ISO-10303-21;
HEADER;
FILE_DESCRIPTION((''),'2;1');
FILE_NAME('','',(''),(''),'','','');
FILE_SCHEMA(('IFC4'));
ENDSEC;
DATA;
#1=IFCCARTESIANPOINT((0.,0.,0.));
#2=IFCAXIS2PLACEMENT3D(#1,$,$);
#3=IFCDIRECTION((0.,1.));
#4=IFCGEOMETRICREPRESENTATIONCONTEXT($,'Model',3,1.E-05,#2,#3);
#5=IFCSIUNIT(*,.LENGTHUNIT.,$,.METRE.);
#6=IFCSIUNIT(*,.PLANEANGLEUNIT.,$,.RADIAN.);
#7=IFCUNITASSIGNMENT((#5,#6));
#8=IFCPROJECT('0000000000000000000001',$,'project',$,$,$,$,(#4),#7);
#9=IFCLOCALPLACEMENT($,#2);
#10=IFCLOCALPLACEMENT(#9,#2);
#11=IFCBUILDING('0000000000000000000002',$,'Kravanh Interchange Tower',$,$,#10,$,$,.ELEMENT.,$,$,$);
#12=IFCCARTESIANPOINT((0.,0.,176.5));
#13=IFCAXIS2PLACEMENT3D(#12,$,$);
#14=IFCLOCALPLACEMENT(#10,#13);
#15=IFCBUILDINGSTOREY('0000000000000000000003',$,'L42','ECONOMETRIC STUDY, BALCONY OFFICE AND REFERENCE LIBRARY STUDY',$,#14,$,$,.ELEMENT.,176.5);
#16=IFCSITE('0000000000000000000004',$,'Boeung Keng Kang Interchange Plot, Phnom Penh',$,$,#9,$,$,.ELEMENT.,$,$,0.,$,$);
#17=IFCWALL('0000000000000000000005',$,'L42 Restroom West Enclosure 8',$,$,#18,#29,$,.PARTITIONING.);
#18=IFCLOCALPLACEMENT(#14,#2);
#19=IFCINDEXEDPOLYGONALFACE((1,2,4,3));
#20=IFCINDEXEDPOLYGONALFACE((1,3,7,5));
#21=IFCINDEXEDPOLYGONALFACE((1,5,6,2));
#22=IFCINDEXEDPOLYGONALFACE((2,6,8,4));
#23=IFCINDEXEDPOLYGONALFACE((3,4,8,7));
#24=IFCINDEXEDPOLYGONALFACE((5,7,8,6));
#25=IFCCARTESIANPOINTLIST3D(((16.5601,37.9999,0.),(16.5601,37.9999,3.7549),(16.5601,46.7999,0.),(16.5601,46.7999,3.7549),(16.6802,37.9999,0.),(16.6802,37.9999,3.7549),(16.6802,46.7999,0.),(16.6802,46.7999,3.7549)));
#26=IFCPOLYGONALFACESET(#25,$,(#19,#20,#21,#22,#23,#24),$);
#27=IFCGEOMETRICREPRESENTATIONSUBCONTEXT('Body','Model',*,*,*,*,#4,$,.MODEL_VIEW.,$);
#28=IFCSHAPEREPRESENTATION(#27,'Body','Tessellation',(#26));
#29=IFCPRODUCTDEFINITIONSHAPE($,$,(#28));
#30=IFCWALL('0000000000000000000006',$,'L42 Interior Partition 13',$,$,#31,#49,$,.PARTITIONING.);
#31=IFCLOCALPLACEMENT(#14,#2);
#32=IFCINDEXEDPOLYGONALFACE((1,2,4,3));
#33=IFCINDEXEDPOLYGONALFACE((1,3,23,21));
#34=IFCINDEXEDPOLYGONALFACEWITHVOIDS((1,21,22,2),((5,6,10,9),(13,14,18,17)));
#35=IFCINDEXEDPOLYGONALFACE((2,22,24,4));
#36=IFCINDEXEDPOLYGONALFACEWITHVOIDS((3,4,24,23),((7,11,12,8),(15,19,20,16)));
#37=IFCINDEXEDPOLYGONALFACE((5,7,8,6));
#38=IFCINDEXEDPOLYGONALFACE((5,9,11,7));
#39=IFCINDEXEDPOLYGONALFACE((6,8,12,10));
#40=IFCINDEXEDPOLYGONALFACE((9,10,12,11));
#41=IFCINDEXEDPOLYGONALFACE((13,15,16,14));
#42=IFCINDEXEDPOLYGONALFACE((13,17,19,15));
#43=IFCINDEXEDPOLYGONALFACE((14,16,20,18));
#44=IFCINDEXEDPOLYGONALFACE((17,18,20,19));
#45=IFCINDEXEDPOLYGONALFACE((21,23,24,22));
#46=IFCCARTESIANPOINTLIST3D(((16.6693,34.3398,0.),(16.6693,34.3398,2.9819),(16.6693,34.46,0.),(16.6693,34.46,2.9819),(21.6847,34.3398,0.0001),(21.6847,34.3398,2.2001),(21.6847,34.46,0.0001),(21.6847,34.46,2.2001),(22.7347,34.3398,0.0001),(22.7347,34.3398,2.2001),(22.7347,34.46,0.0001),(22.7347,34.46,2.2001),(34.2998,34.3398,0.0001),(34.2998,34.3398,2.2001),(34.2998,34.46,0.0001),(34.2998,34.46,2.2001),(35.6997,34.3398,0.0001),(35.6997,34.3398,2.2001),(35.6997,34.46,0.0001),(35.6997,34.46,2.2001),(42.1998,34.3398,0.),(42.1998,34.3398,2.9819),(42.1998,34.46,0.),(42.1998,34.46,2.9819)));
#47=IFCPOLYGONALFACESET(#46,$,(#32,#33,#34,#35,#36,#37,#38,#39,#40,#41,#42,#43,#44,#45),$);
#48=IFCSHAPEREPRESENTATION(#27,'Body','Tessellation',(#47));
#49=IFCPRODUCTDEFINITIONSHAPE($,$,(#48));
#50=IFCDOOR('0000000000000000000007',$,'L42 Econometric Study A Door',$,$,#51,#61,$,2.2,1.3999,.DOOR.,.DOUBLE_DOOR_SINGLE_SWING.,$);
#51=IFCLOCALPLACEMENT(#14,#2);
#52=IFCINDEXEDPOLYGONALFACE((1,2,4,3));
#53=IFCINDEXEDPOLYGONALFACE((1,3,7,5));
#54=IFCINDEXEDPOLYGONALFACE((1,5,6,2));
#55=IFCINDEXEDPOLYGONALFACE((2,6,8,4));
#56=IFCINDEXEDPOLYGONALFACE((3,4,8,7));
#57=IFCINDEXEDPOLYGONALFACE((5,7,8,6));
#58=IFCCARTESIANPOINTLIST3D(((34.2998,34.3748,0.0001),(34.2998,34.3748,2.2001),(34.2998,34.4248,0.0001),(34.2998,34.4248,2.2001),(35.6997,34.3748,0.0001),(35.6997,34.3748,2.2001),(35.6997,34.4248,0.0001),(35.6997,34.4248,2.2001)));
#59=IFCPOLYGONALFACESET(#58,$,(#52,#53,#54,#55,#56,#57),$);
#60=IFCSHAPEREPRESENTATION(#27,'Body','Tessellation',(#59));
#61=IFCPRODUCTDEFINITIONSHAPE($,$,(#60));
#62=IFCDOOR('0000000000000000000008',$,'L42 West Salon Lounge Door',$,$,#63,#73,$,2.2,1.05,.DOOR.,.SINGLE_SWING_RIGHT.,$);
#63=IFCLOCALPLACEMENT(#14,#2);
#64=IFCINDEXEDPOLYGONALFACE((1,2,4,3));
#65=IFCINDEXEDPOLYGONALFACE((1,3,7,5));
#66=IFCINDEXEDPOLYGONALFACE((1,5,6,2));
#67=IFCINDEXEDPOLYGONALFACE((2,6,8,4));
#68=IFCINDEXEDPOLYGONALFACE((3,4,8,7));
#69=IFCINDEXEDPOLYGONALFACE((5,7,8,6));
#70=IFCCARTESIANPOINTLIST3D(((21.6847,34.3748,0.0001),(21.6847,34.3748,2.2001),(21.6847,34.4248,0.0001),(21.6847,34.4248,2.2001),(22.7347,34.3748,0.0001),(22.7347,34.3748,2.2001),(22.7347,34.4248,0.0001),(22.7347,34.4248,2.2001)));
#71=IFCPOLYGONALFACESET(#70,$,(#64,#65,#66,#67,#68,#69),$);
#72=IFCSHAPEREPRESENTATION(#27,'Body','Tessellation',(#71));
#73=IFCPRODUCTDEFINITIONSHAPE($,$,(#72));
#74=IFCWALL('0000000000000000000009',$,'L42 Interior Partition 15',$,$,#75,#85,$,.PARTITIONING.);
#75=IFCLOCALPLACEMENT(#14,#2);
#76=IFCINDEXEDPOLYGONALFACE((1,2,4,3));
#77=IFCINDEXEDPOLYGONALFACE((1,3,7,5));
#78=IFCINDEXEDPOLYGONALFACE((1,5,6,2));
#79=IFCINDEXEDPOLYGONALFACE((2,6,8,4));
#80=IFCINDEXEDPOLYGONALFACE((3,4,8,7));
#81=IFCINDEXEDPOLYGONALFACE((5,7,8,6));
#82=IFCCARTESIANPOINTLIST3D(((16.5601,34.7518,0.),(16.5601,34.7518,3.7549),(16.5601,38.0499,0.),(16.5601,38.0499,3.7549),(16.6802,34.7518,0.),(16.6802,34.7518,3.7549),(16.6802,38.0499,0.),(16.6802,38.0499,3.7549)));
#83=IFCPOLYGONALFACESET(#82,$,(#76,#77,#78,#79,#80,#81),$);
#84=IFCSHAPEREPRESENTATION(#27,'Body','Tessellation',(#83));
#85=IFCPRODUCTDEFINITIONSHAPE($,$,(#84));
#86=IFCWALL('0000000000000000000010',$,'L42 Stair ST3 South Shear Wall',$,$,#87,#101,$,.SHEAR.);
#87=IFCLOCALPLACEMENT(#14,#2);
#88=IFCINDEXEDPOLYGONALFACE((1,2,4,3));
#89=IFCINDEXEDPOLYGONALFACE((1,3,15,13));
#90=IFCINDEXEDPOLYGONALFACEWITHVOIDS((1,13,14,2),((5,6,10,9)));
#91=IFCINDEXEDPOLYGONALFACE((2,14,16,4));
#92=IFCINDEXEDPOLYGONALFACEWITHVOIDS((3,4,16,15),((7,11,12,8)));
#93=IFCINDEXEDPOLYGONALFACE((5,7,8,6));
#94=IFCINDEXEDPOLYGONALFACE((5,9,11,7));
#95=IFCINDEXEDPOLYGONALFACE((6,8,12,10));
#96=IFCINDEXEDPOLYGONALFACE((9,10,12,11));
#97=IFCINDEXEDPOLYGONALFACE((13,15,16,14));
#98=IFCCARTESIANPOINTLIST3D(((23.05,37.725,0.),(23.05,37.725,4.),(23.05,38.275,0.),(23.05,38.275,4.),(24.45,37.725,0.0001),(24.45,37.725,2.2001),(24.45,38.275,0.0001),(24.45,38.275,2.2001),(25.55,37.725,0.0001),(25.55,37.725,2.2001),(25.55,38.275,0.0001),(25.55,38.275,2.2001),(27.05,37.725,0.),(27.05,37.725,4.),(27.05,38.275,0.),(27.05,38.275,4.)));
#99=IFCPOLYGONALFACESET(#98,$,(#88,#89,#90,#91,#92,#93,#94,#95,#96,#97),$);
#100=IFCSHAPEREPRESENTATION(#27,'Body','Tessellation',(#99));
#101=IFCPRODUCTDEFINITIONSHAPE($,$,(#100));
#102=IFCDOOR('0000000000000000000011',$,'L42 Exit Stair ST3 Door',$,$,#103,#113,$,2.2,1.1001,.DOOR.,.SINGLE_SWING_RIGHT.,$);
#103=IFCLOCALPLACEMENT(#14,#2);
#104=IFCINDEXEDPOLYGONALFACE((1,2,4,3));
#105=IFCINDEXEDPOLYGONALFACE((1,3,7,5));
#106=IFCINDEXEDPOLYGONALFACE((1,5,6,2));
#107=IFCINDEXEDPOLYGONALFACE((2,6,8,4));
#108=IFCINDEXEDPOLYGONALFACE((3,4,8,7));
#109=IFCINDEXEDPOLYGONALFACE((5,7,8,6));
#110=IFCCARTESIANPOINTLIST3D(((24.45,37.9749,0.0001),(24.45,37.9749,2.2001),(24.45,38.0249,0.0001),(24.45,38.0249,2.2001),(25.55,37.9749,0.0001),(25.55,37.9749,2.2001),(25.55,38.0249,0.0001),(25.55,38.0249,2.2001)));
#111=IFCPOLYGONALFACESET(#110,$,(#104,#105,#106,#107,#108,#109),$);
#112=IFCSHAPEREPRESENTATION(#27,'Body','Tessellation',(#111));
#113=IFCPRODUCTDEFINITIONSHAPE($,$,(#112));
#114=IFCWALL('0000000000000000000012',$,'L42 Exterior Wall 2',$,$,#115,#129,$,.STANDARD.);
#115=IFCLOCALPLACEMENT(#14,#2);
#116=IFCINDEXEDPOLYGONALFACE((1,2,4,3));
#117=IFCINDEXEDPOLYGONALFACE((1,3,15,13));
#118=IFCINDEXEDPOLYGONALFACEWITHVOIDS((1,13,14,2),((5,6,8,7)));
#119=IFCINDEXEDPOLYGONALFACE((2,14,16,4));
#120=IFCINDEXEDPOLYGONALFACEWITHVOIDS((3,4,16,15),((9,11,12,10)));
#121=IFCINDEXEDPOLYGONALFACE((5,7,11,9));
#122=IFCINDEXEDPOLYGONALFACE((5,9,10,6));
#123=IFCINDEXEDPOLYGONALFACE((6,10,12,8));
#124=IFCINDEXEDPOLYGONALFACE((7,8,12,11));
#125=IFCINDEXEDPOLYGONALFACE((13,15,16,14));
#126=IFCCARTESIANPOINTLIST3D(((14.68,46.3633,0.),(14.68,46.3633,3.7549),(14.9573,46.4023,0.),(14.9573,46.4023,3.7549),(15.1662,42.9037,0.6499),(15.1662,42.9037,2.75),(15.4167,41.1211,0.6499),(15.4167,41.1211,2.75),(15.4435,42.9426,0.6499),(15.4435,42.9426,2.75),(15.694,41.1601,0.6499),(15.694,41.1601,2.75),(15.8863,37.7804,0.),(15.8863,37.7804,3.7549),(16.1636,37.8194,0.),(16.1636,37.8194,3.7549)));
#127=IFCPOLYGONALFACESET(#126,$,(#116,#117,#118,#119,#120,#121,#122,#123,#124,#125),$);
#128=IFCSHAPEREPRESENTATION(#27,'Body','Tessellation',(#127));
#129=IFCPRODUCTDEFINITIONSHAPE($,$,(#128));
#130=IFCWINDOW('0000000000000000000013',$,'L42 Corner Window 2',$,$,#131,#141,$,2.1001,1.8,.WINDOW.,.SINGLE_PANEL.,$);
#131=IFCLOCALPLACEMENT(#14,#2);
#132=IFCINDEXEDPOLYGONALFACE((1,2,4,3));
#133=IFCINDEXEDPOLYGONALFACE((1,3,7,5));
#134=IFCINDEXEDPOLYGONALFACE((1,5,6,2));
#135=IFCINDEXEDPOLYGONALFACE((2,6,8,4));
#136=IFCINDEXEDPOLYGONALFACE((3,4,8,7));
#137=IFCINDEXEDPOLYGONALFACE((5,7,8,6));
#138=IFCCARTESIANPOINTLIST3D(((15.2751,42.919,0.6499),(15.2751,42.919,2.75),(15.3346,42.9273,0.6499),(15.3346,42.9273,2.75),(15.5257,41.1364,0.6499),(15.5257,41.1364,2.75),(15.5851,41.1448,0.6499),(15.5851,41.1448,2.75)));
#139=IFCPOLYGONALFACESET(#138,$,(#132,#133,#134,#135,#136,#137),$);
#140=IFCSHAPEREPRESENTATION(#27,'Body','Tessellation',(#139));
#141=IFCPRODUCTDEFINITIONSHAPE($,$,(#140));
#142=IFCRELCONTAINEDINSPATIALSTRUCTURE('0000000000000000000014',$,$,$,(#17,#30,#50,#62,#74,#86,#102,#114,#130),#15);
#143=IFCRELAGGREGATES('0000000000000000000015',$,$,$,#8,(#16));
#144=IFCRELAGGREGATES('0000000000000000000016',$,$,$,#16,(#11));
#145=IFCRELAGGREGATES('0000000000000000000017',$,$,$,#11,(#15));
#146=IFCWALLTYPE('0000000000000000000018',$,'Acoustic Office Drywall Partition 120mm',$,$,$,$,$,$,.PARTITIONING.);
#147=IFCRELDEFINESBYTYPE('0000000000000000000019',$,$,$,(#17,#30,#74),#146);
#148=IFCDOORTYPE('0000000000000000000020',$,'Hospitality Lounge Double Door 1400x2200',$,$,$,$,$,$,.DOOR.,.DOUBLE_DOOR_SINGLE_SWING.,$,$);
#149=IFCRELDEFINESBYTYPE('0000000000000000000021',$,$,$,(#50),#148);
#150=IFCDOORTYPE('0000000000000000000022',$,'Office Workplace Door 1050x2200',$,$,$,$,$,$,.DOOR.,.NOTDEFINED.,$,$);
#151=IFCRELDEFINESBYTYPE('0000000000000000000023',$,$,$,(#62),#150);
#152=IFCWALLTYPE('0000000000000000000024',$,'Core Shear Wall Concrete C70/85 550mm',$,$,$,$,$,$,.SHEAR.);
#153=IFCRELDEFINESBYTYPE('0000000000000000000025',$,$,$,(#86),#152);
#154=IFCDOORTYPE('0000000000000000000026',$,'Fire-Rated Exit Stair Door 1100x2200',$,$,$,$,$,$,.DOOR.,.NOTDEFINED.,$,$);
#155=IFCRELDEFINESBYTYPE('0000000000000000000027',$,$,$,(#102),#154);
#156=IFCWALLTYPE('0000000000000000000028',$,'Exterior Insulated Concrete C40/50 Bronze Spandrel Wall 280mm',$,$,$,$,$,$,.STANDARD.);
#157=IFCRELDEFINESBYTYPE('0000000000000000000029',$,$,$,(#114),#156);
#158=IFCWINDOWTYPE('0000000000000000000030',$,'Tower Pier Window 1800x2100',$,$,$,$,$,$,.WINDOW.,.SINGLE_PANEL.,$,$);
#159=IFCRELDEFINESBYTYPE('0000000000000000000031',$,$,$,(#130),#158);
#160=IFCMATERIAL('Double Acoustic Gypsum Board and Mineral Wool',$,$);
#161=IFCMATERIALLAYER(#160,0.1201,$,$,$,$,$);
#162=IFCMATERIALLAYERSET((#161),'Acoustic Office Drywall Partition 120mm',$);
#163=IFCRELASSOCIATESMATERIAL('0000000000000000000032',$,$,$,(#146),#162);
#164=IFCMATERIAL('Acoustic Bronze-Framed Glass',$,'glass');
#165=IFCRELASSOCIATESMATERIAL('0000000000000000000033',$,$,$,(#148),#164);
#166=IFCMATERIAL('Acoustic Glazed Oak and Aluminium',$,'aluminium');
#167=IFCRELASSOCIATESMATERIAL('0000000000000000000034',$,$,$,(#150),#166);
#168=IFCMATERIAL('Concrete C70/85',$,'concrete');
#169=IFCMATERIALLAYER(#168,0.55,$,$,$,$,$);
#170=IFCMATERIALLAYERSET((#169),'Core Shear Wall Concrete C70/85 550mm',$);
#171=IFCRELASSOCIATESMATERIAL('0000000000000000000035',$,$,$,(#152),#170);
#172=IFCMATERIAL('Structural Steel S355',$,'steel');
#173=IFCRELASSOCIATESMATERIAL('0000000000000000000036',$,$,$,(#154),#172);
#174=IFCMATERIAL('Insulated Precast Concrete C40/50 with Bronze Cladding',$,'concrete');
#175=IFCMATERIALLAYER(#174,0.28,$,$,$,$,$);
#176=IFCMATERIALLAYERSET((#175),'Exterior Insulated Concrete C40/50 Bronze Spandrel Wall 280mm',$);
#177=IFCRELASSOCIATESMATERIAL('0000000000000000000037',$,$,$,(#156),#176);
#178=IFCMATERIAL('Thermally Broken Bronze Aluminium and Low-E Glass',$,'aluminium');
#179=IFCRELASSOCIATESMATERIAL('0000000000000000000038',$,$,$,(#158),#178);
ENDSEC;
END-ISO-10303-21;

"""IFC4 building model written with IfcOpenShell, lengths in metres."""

from ifc_helpers import new_model, si_unit, direction, frame, frame_2d, origin, place, context, subcontext, project, spatial, rectangle, extrude, material, layer, layer_set, type_object, element, fill, save


model = new_model("IFC4")

# Units and contexts
model_context = context("Model", 3, precision=1e-05, world=origin(), true_north=direction((0.0, 1.0)))
body_context = subcontext(model_context, "Body", "Model", "MODEL_VIEW")
ifc_project = project(units=[si_unit("LENGTHUNIT", "METRE"), si_unit("PLANEANGLEUNIT", "RADIAN")], contexts=[model_context])

# Site, building, storey
site_placement = place(None, origin())
site = spatial("IfcSite", under=ifc_project, at=site_placement, Name="Boeung Keng Kang Interchange Plot, Phnom Penh", CompositionType="ELEMENT", RefElevation=0.0)
building_placement = place(site_placement, origin())
building = spatial("IfcBuilding", under=site, at=building_placement, Name="Kravanh Interchange Tower", CompositionType="ELEMENT")
storey_placement = place(building_placement, frame((0.0, 0.0, 176.5)))
storey = spatial("IfcBuildingStorey", under=building, at=storey_placement, Name="L42", Description="ECONOMETRIC STUDY, BALCONY OFFICE AND REFERENCE LIBRARY STUDY", CompositionType="ELEMENT", Elevation=176.5)

# Shared definitions
ifc_material_1 = material(Name="Double Acoustic Gypsum Board and Mineral Wool")
ifc_layer_1 = layer(ifc_material_1, 0.1201)
ifc_layer_set_1 = layer_set([ifc_layer_1], Name="Acoustic Office Drywall Partition 120mm")
wall_type_1 = type_object("IfcWallType", Name="Acoustic Office Drywall Partition 120mm", PredefinedType="PARTITIONING", material=ifc_layer_set_1)

# Wall
wall_1_placement = place(storey_placement, frame((16.6201, 38.0, 0.0), z_axis=(0.0, 0.0, 1.0), x_axis=(0.0, 1.0, 0.0)))
element("IfcWall", 1, at=wall_1_placement, inside=storey, type_object=wall_type_1, Name="L42 Restroom West Enclosure 8", PredefinedType="PARTITIONING", context=body_context, shape_type="SweptSolid", body=[
    extrude(rectangle(XDim=8.8, YDim=0.1201, at=frame_2d((4.3999, 0.0))), origin(), (0.0, 0.0, 1.0), 3.7549),
])

# Wall, openings, doors
wall_2_placement = place(storey_placement, frame((16.6694, 34.3999, 0.0), z_axis=(0.0, 0.0, 1.0), x_axis=(1.0, 0.0, 0.0)))
wall_2 = element("IfcWall", 2, at=wall_2_placement, inside=storey, type_object=wall_type_1, Name="L42 Interior Partition 13", PredefinedType="PARTITIONING", context=body_context, shape_type="SweptSolid", body=[
    extrude(rectangle(XDim=25.5305, YDim=0.1201, at=frame_2d((12.7651, 0.0))), origin(), (0.0, 0.0, 1.0), 2.9819),
])
opening_1_placement = place(wall_2_placement, frame((5.0154, 0.0, 0.0)))
opening_1 = element("IfcOpeningElement", 3, at=opening_1_placement, cuts=wall_2, PredefinedType="OPENING", context=body_context, shape_type="SweptSolid", body=[
    extrude(rectangle(XDim=1.05, YDim=2.2, at=frame_2d((0.5249, 1.1001))), frame((0.0, 0.0701, 0.0), z_axis=(0.0, -1.0, 0.0), x_axis=(1.0, 0.0, 0.0)), (0.0, 0.0, 1.0), 0.1401),
])
opening_2_placement = place(wall_2_placement, frame((17.6304, 0.0, 0.0)))
opening_2 = element("IfcOpeningElement", 4, at=opening_2_placement, cuts=wall_2, PredefinedType="OPENING", context=body_context, shape_type="SweptSolid", body=[
    extrude(rectangle(XDim=1.3999, YDim=2.2, at=frame_2d((0.7, 1.1001))), frame((0.0, 0.0701, 0.0), z_axis=(0.0, -1.0, 0.0), x_axis=(1.0, 0.0, 0.0)), (0.0, 0.0, 1.0), 0.1401),
])
ifc_material_2 = material(Name="Acoustic Bronze-Framed Glass", Category="glass")
door_type_1 = type_object("IfcDoorType", Name="Hospitality Lounge Double Door 1400x2200", OperationType="DOUBLE_DOOR_SINGLE_SWING", PredefinedType="DOOR", material=ifc_material_2)
door_1_placement = place(opening_2_placement, origin())
door_1 = element("IfcDoor", 5, at=door_1_placement, inside=storey, type_object=door_type_1, Name="L42 Econometric Study A Door", OperationType="DOUBLE_DOOR_SINGLE_SWING", OverallHeight=2.2, OverallWidth=1.3999, PredefinedType="DOOR", context=body_context, shape_type="SweptSolid", body=[
    extrude(rectangle(XDim=1.3999, YDim=2.2, at=frame_2d((0.7, 1.1001))), frame((0.0, 0.0249, 0.0), z_axis=(0.0, -1.0, 0.0), x_axis=(1.0, 0.0, 0.0)), (0.0, 0.0, 1.0), 0.05),
])
fill(opening_2, door_1)
ifc_material_3 = material(Name="Acoustic Glazed Oak and Aluminium", Category="aluminium")
door_type_2 = type_object("IfcDoorType", Name="Office Workplace Door 1050x2200", OperationType="NOTDEFINED", PredefinedType="DOOR", material=ifc_material_3)
door_2_placement = place(opening_1_placement, origin())
door_2 = element("IfcDoor", 6, at=door_2_placement, inside=storey, type_object=door_type_2, Name="L42 West Salon Lounge Door", OperationType="SINGLE_SWING_RIGHT", OverallHeight=2.2, OverallWidth=1.05, PredefinedType="DOOR", context=body_context, shape_type="SweptSolid", body=[
    extrude(rectangle(XDim=1.05, YDim=2.2, at=frame_2d((0.5249, 1.1001))), frame((0.0, 0.0249, 0.0), z_axis=(0.0, -1.0, 0.0), x_axis=(1.0, 0.0, 0.0)), (0.0, 0.0, 1.0), 0.05),
])
fill(opening_1, door_2)

# Wall
wall_3_placement = place(storey_placement, frame((16.6201, 34.752, 0.0), z_axis=(0.0, 0.0, 1.0), x_axis=(0.0, 1.0, 0.0)))
element("IfcWall", 7, at=wall_3_placement, inside=storey, type_object=wall_type_1, Name="L42 Interior Partition 15", PredefinedType="PARTITIONING", context=body_context, shape_type="SweptSolid", body=[
    extrude(rectangle(XDim=3.2981, YDim=0.1201, at=frame_2d((1.6489, 0.0))), origin(), (0.0, 0.0, 1.0), 3.7549),
])

# Wall, opening, door
ifc_material_4 = material(Name="Concrete C70/85", Category="concrete")
ifc_layer_2 = layer(ifc_material_4, 0.55)
ifc_layer_set_2 = layer_set([ifc_layer_2], Name="Core Shear Wall Concrete C70/85 550mm")
wall_type_2 = type_object("IfcWallType", Name="Core Shear Wall Concrete C70/85 550mm", PredefinedType="SHEAR", material=ifc_layer_set_2)
wall_4_placement = place(storey_placement, frame((23.05, 38.0, 0.0), z_axis=(0.0, 0.0, 1.0), x_axis=(1.0, 0.0, 0.0)))
wall_4 = element("IfcWall", 8, at=wall_4_placement, inside=storey, type_object=wall_type_2, Name="L42 Stair ST3 South Shear Wall", PredefinedType="SHEAR", context=body_context, shape_type="SweptSolid", body=[
    extrude(rectangle(XDim=4.0, YDim=0.55, at=frame_2d((2.0, 0.0))), origin(), (0.0, 0.0, 1.0), 4.0),
])
opening_3_placement = place(wall_4_placement, frame((1.3999, 0.0, 0.0)))
opening_3 = element("IfcOpeningElement", 9, at=opening_3_placement, cuts=wall_4, PredefinedType="OPENING", context=body_context, shape_type="SweptSolid", body=[
    extrude(rectangle(XDim=1.1001, YDim=2.2, at=frame_2d((0.55, 1.1001))), frame((0.0, 0.2852, 0.0), z_axis=(0.0, -1.0, 0.0), x_axis=(1.0, 0.0, 0.0)), (0.0, 0.0, 1.0), 0.5701),
])
ifc_material_5 = material(Name="Structural Steel S355", Category="steel")
door_type_3 = type_object("IfcDoorType", Name="Fire-Rated Exit Stair Door 1100x2200", OperationType="NOTDEFINED", PredefinedType="DOOR", material=ifc_material_5)
door_3_placement = place(opening_3_placement, origin())
door_3 = element("IfcDoor", 10, at=door_3_placement, inside=storey, type_object=door_type_3, Name="L42 Exit Stair ST3 Door", OperationType="SINGLE_SWING_RIGHT", OverallHeight=2.2, OverallWidth=1.1001, PredefinedType="DOOR", context=body_context, shape_type="SweptSolid", body=[
    extrude(rectangle(XDim=1.1001, YDim=2.2, at=frame_2d((0.55, 1.1001))), frame((0.0, 0.0249, 0.0), z_axis=(0.0, -1.0, 0.0), x_axis=(1.0, 0.0, 0.0)), (0.0, 0.0, 1.0), 0.05),
])
fill(opening_3, door_3)

# Wall, opening, window
ifc_material_6 = material(Name="Insulated Precast Concrete C40/50 with Bronze Cladding", Category="concrete")
ifc_layer_3 = layer(ifc_material_6, 0.28)
ifc_layer_set_3 = layer_set([ifc_layer_3], Name="Exterior Insulated Concrete C40/50 Bronze Spandrel Wall 280mm")
wall_type_3 = type_object("IfcWallType", Name="Exterior Insulated Concrete C40/50 Bronze Spandrel Wall 280mm", PredefinedType="STANDARD", material=ifc_layer_set_3)
wall_5_placement = place(storey_placement, frame((16.0249, 37.8, 0.0), z_axis=(0.0, 0.0, 1.0), x_axis=(-0.139181, 0.990267, 0.0)))
wall_5 = element("IfcWall", 11, at=wall_5_placement, inside=storey, type_object=wall_type_3, Name="L42 Exterior Wall 2", PredefinedType="STANDARD", context=body_context, shape_type="SweptSolid", body=[
    extrude(rectangle(XDim=8.6672, YDim=0.28, at=frame_2d((4.3335, 0.0))), origin(), (0.0, 0.0, 1.0), 3.7549),
])
opening_4_placement = place(wall_5_placement, frame((3.3735, 0.0, 0.6499)))
opening_4 = element("IfcOpeningElement", 12, at=opening_4_placement, cuts=wall_5, PredefinedType="OPENING", context=body_context, shape_type="SweptSolid", body=[
    extrude(rectangle(XDim=1.8, YDim=2.1001, at=frame_2d((0.8999, 1.05))), frame((0.0, 0.1499, 0.0), z_axis=(0.0, -1.0, 0.0), x_axis=(1.0, 0.0, 0.0)), (0.0, 0.0, 1.0), 0.3),
])
ifc_material_7 = material(Name="Thermally Broken Bronze Aluminium and Low-E Glass", Category="aluminium")
window_type = type_object("IfcWindowType", Name="Tower Pier Window 1800x2100", PartitioningType="SINGLE_PANEL", PredefinedType="WINDOW", material=ifc_material_7)
window_placement = place(opening_4_placement, origin())
window = element("IfcWindow", 13, at=window_placement, inside=storey, type_object=window_type, Name="L42 Corner Window 2", OverallHeight=2.1001, OverallWidth=1.8, PartitioningType="SINGLE_PANEL", PredefinedType="WINDOW", context=body_context, shape_type="SweptSolid", body=[
    extrude(rectangle(XDim=1.8, YDim=2.1001, at=frame_2d((0.8999, 1.05))), frame((0.0, 0.03, 0.0), z_axis=(0.0, -1.0, 0.0), x_axis=(1.0, 0.0, 0.0)), (0.0, 0.0, 1.0), 0.0601),
])
fill(opening_4, window)

save(model, "model.ifc")
